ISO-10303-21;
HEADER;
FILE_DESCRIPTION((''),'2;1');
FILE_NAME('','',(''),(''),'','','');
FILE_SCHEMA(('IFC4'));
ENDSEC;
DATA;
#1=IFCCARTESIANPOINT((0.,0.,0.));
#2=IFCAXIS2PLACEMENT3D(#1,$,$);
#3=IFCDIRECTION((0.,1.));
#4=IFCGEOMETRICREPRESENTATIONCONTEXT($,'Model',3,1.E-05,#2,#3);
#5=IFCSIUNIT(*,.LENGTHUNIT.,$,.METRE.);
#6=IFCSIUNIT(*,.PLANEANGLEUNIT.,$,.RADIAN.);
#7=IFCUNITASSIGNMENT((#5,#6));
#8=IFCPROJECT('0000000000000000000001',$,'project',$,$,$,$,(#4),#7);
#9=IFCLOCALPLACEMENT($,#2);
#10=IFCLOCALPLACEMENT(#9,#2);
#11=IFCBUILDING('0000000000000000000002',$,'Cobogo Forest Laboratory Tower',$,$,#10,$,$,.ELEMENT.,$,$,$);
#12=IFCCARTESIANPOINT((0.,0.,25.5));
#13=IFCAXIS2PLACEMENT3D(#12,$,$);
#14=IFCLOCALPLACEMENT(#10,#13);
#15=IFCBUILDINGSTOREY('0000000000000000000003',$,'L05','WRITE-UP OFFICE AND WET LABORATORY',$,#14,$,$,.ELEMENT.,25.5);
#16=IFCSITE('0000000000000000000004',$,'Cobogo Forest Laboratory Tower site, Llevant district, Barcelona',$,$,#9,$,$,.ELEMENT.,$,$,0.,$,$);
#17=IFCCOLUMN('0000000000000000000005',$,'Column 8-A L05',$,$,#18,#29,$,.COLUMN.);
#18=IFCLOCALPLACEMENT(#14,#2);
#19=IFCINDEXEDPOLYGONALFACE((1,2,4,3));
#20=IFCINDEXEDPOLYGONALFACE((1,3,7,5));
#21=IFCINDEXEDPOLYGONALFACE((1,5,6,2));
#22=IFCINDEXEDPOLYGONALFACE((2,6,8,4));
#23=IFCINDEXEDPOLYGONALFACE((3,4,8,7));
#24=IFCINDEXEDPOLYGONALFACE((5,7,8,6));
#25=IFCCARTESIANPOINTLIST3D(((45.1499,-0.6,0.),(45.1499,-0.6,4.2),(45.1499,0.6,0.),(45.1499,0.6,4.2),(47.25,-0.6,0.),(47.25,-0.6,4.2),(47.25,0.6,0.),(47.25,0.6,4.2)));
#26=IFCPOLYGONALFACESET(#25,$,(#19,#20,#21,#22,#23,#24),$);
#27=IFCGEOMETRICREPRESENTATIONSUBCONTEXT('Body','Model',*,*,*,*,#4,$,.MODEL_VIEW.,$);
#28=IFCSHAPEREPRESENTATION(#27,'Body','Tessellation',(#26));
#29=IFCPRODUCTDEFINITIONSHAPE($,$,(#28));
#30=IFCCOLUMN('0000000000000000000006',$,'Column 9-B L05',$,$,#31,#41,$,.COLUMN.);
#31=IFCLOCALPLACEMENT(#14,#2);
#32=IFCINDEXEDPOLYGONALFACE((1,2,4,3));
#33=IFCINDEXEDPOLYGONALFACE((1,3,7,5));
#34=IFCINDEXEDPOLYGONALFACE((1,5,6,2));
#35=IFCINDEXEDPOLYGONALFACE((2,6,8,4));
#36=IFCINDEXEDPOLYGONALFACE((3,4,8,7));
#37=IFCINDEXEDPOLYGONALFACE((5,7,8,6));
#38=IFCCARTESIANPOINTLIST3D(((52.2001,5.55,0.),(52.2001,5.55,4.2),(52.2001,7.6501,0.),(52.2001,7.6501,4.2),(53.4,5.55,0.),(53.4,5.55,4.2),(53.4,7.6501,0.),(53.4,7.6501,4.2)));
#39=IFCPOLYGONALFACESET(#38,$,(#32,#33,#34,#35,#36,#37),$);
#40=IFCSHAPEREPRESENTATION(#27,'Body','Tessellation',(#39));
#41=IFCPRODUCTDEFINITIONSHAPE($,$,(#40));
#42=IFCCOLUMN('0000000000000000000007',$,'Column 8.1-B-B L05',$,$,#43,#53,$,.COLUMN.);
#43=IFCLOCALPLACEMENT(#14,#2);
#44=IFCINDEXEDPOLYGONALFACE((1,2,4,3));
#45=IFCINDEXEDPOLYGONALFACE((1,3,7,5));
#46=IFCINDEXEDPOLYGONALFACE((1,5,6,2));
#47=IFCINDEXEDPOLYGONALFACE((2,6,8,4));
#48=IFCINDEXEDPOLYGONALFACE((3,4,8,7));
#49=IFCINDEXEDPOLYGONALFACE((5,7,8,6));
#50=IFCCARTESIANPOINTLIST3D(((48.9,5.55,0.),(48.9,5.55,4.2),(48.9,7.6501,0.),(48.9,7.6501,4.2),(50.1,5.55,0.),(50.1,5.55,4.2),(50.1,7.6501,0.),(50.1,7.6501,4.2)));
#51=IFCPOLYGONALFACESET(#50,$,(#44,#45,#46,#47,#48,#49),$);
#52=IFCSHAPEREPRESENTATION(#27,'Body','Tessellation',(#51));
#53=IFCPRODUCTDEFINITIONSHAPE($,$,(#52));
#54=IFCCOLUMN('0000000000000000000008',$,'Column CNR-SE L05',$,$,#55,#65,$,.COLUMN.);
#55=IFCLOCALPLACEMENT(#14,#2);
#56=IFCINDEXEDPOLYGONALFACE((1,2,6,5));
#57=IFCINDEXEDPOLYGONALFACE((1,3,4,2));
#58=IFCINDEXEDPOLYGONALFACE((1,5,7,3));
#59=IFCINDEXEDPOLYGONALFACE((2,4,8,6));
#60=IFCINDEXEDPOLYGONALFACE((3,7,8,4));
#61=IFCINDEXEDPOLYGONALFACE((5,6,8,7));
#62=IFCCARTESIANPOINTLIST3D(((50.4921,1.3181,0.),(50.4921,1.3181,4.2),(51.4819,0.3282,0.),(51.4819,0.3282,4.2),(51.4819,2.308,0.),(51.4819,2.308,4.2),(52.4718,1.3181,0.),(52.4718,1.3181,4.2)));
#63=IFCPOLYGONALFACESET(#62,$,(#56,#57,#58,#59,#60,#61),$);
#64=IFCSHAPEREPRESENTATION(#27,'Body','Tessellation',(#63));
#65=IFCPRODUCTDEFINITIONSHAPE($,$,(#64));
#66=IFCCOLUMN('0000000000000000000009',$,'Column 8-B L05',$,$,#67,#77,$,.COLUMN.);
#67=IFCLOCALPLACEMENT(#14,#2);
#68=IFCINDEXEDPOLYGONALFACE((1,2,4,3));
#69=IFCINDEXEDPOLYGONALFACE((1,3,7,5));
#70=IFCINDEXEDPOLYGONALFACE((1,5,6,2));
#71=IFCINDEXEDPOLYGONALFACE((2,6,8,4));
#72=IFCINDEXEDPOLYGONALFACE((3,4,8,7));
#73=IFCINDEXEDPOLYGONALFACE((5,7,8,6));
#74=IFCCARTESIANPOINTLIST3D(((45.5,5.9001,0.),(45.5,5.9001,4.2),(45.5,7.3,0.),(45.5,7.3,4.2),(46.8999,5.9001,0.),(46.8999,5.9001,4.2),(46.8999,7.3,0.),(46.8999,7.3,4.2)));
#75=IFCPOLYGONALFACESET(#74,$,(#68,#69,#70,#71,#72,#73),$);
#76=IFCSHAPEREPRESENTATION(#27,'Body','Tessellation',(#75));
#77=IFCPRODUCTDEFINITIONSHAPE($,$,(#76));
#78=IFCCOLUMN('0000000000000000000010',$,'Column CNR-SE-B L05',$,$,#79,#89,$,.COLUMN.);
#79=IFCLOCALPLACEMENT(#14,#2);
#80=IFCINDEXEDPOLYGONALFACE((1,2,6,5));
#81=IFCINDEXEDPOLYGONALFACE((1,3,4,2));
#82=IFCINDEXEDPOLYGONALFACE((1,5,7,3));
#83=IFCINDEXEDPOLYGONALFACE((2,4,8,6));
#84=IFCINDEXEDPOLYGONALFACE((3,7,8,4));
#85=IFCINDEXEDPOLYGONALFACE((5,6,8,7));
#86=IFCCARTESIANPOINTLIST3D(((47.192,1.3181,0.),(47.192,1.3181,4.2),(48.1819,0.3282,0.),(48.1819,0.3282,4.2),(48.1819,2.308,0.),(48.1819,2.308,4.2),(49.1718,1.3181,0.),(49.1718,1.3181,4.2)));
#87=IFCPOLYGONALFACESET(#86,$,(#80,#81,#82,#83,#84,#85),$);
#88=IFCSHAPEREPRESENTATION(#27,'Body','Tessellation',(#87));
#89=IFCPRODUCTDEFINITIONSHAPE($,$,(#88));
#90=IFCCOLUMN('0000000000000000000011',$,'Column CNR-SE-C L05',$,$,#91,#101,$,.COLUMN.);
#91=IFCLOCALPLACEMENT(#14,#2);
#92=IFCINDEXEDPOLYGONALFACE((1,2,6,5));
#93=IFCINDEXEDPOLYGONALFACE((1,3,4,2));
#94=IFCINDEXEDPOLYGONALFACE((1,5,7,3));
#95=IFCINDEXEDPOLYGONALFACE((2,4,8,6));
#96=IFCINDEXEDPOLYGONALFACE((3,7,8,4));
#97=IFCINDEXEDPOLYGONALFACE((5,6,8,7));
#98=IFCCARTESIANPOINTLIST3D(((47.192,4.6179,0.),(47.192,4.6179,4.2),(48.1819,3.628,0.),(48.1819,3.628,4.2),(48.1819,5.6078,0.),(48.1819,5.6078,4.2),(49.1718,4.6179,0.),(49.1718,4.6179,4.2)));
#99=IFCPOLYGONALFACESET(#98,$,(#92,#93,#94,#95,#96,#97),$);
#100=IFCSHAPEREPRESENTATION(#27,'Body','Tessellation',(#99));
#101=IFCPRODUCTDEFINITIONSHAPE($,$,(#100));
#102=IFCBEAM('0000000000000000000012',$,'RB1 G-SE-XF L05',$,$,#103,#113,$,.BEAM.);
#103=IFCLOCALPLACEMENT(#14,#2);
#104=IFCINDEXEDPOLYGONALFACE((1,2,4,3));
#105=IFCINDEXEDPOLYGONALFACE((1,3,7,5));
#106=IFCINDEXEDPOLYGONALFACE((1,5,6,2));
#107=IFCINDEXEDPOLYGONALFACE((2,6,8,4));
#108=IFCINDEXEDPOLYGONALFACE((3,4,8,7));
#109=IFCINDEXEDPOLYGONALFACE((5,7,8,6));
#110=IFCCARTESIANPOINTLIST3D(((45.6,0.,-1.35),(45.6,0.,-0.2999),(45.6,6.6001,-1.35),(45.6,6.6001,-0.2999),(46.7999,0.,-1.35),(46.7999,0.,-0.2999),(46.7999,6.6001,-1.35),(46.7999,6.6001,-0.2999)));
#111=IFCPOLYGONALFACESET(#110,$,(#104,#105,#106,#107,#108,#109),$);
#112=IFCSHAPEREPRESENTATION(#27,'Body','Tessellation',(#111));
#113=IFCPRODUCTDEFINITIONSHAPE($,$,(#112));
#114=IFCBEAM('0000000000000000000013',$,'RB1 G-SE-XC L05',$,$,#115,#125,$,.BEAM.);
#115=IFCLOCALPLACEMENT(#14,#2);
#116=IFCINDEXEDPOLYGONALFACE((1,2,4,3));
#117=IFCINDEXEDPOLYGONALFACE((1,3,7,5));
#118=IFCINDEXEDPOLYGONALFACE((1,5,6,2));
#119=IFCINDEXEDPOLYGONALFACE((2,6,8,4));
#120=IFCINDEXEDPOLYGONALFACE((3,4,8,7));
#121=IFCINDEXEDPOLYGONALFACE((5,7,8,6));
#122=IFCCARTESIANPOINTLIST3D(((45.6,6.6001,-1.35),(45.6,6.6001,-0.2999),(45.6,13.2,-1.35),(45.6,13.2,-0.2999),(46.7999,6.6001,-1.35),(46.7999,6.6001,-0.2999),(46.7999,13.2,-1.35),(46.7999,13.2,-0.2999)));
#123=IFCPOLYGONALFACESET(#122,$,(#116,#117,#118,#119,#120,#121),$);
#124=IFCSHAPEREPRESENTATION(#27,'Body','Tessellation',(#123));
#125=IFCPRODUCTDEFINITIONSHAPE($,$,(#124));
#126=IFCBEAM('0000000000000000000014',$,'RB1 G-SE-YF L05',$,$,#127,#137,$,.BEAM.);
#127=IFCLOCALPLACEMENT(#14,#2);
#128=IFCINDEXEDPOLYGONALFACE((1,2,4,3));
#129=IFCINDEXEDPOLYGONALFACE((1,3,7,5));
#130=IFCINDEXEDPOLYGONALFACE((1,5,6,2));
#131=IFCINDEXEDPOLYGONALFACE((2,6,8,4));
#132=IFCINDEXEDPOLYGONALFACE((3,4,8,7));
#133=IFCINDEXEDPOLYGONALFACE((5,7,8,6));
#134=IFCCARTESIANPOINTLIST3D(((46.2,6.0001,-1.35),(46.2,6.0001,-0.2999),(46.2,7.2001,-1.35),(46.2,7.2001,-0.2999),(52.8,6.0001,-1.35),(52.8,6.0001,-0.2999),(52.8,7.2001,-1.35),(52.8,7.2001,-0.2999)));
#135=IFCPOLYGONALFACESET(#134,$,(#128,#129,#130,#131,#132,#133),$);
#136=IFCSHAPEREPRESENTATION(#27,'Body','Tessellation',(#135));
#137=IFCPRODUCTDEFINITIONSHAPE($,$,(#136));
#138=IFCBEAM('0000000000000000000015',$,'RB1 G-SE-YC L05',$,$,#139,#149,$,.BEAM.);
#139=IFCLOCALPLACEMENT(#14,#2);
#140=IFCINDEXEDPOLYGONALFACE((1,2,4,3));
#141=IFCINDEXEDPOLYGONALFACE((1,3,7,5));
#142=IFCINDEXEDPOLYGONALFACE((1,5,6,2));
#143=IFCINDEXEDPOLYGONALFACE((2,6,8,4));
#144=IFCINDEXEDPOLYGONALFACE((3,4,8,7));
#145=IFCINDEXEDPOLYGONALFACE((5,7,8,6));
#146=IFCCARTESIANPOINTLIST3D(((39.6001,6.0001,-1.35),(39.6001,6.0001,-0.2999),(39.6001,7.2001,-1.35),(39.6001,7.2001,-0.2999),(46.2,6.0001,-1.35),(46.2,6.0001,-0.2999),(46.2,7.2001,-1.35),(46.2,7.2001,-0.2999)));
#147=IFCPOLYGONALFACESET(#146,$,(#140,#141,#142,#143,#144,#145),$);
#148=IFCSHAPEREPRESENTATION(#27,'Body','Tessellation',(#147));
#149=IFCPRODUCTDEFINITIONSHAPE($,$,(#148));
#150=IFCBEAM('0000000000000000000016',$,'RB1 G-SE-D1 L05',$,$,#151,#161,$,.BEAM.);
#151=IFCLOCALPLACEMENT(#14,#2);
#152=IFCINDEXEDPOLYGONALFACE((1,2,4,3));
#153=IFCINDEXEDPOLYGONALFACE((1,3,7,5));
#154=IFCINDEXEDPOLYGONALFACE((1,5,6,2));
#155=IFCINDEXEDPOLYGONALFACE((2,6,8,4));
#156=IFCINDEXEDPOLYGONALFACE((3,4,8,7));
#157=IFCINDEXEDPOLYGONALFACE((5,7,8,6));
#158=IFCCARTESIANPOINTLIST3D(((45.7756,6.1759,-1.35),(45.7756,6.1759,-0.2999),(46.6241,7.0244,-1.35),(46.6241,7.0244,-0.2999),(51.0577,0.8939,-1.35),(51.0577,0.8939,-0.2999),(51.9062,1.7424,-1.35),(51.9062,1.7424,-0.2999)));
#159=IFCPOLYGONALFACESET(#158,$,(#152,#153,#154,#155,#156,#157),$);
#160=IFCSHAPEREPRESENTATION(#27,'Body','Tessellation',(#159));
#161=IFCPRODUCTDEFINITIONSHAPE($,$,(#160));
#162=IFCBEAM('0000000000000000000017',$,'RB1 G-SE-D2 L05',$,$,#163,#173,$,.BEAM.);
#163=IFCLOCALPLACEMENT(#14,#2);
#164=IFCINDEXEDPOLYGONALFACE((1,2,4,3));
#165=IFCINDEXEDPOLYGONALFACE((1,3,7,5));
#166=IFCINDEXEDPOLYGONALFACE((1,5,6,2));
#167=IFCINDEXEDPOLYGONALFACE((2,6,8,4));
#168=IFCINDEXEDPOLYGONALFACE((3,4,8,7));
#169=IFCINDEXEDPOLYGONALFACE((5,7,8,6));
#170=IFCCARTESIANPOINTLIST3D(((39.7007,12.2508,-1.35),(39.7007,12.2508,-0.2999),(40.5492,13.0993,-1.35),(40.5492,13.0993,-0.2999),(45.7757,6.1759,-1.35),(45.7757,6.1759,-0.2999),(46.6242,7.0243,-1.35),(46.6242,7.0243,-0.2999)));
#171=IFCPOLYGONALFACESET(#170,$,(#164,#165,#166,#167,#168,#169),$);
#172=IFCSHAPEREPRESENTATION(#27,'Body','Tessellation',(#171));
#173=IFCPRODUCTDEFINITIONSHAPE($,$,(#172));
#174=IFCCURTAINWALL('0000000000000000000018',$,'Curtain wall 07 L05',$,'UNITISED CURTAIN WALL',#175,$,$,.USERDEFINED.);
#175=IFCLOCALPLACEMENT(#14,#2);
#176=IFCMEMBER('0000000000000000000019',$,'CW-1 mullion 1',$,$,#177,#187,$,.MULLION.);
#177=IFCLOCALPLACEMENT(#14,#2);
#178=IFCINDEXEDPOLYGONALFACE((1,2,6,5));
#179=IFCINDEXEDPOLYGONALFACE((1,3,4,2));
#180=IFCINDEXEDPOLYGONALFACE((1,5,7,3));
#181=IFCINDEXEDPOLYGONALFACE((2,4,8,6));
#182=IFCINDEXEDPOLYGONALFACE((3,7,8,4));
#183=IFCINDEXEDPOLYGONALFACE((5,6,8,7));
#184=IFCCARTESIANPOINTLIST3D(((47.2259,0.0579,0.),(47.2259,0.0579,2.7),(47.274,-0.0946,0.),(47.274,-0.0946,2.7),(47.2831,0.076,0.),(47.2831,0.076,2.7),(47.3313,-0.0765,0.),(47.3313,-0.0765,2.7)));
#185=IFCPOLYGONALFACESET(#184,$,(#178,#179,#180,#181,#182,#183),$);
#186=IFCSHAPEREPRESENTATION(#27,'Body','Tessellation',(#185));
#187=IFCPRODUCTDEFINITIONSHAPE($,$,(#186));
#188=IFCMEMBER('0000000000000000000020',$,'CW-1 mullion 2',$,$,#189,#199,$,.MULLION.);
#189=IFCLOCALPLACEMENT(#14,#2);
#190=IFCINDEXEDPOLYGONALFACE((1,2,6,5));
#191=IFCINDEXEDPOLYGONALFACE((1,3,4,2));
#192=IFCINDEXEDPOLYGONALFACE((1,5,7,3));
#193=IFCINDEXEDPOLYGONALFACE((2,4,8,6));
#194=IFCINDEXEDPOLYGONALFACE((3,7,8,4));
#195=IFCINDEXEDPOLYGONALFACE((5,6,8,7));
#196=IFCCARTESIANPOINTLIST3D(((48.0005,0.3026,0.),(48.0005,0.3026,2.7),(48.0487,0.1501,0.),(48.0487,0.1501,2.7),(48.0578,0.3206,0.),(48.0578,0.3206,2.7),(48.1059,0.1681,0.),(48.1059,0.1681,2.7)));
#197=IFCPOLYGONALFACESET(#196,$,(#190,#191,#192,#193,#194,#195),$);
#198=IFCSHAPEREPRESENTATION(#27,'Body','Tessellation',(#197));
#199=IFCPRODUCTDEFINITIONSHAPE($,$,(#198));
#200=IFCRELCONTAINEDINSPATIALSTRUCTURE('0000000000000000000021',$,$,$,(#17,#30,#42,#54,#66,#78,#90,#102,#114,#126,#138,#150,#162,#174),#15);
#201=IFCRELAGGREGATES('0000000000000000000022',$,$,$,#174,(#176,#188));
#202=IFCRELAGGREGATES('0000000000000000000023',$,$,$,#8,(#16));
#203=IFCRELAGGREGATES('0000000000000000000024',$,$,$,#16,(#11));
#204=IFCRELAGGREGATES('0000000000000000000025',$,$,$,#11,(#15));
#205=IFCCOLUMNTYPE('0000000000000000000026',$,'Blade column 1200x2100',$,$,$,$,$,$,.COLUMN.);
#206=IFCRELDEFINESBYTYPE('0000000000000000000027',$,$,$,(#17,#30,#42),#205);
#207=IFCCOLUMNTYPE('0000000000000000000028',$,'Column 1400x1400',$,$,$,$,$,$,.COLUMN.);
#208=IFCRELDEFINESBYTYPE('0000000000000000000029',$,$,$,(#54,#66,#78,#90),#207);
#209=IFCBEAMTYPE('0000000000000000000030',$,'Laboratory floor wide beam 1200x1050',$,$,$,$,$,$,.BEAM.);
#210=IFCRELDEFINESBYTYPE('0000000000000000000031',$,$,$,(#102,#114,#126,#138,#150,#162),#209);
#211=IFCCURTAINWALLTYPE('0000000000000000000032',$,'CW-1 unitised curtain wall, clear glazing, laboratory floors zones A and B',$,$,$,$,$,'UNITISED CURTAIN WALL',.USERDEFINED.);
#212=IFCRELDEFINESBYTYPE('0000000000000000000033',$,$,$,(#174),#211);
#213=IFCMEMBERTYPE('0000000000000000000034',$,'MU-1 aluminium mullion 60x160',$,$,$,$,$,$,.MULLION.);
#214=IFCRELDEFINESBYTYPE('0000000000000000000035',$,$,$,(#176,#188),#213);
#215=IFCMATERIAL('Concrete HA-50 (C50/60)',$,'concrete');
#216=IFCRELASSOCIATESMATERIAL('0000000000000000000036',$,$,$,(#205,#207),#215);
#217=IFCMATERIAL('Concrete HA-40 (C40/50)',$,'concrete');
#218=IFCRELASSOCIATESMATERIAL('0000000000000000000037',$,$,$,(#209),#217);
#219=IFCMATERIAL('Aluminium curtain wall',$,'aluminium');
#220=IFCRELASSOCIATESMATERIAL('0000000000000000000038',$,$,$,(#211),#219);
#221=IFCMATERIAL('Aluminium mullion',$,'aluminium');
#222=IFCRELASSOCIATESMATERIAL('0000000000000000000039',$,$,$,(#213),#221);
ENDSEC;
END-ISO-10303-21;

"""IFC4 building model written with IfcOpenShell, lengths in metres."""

from ifc_helpers import new_model, si_unit, direction, frame, origin, origin_2d, place, context, subcontext, project, spatial, rectangle, extrude, material, material_profile, profile_set, type_object, element, aggregate, save


model = new_model("IFC4")

# Units and contexts
model_context = context("Model", 3, precision=1e-05, world=origin(), true_north=direction((0.0, 1.0)))
body_context = subcontext(model_context, "Body", "Model", "MODEL_VIEW")
ifc_project = project(units=[si_unit("LENGTHUNIT", "METRE"), si_unit("PLANEANGLEUNIT", "RADIAN")], contexts=[model_context])

# Site, building, storey
site_placement = place(None, origin())
site = spatial("IfcSite", under=ifc_project, at=site_placement, Name="Cobogo Forest Laboratory Tower site, Llevant district, Barcelona", CompositionType="ELEMENT", RefElevation=0.0)
building_placement = place(site_placement, origin())
building = spatial("IfcBuilding", under=site, at=building_placement, Name="Cobogo Forest Laboratory Tower", CompositionType="ELEMENT")
storey_placement = place(building_placement, frame((0.0, 0.0, 25.5)))
storey = spatial("IfcBuildingStorey", under=building, at=storey_placement, Name="L05", Description="WRITE-UP OFFICE AND WET LABORATORY", CompositionType="ELEMENT", Elevation=25.5)

# Columns
ifc_material_1 = material(Name="Concrete HA-50 (C50/60)", Category="concrete")
ifc_material_profile_1 = material_profile(ifc_material_1, rectangle(XDim=2.1001, YDim=1.2, at=origin_2d()), Name="RC 1200x2100")
ifc_profile_set_1 = profile_set([ifc_material_profile_1], Name="Concrete HA-50 (C50/60)")
column_type_1 = type_object("IfcColumnType", Name="Blade column 1200x2100", PredefinedType="COLUMN", material=ifc_profile_set_1)
for number, where, z_axis, x_axis, name in (
    (1, (46.2, 0.0, 0.0), (0.0, 0.0, 1.0), (1.0, 0.0, 0.0), "Column 8-A L05"),
    (2, (52.8, 6.6001, 0.0), (0.0, 0.0, 1.0), (0.0, 1.0, 0.0), "Column 9-B L05"),
    (3, (49.5, 6.6001, 0.0), (0.0, 0.0, 1.0), (0.0, 1.0, 0.0), "Column 8.1-B-B L05"),
):
    element("IfcColumn", number, at=place(storey_placement, frame(where, z_axis=z_axis, x_axis=x_axis)), inside=storey, type_object=column_type_1, Name=name, PredefinedType="COLUMN", context=body_context, shape_type="SweptSolid", body=[
        extrude(rectangle(XDim=2.1001, YDim=1.2, at=origin_2d()), origin(), (0.0, 0.0, 1.0), 4.2),
    ])
ifc_material_profile_2 = material_profile(ifc_material_1, rectangle(XDim=1.3999, YDim=1.3999, at=origin_2d()), Name="RC 1400x1400")
ifc_profile_set_2 = profile_set([ifc_material_profile_2], Name="Concrete HA-50 (C50/60)")
column_type_2 = type_object("IfcColumnType", Name="Column 1400x1400", PredefinedType="COLUMN", material=ifc_profile_set_2)
for number, where, z_axis, x_axis, name in (
    (4, (51.4819, 1.3181, 0.0), (0.0, 0.0, 1.0), (0.707107, 0.707107, 0.0), "Column CNR-SE L05"),
    (5, (46.2, 6.6001, 0.0), (0.0, 0.0, 1.0), (1.0, 0.0, 0.0), "Column 8-B L05"),
    (6, (48.1819, 1.3181, 0.0), (0.0, 0.0, 1.0), (0.707107, 0.707107, 0.0), "Column CNR-SE-B L05"),
    (7, (48.1819, 4.6179, 0.0), (0.0, 0.0, 1.0), (0.707107, 0.707107, 0.0), "Column CNR-SE-C L05"),
):
    element("IfcColumn", number, at=place(storey_placement, frame(where, z_axis=z_axis, x_axis=x_axis)), inside=storey, type_object=column_type_2, Name=name, PredefinedType="COLUMN", context=body_context, shape_type="SweptSolid", body=[
        extrude(rectangle(XDim=1.3999, YDim=1.3999, at=origin_2d()), origin(), (0.0, 0.0, 1.0), 4.2),
    ])

# Beams
ifc_material_2 = material(Name="Concrete HA-40 (C40/50)", Category="concrete")
ifc_material_profile_3 = material_profile(ifc_material_2, rectangle(XDim=1.2, YDim=1.05, at=origin_2d()), Name="RC 1200x1050")
ifc_profile_set_3 = profile_set([ifc_material_profile_3], Name="Concrete HA-40 (C40/50)")
beam_type_1 = type_object("IfcBeamType", Name="Laboratory floor wide beam 1200x1050", PredefinedType="BEAM", material=ifc_profile_set_3)
beam_1_placement = place(storey_placement, frame((46.2, 0.0, -0.825), z_axis=(0.0, 1.0, 0.0), x_axis=(-1.0, 0.0, 0.0)))
element("IfcBeam", 8, at=beam_1_placement, inside=storey, type_object=beam_type_1, Name="RB1 G-SE-XF L05", PredefinedType="BEAM", context=body_context, shape_type="SweptSolid", body=[
    extrude(rectangle(XDim=1.2, YDim=1.05, at=origin_2d()), origin(), (0.0, 0.0, 1.0), 6.6001),
])
beam_2_placement = place(storey_placement, frame((46.2, 6.6001, -0.825), z_axis=(0.0, 1.0, 0.0), x_axis=(-1.0, 0.0, 0.0)))
element("IfcBeam", 9, at=beam_2_placement, inside=storey, type_object=beam_type_1, Name="RB1 G-SE-XC L05", PredefinedType="BEAM", context=body_context, shape_type="SweptSolid", body=[
    extrude(rectangle(XDim=1.2, YDim=1.05, at=origin_2d()), origin(), (0.0, 0.0, 1.0), 6.5999),
])
beam_3_placement = place(storey_placement, frame((52.8, 6.6001, -0.825), z_axis=(-1.0, 0.0, 0.0), x_axis=(0.0, -1.0, 0.0)))
element("IfcBeam", 10, at=beam_3_placement, inside=storey, type_object=beam_type_1, Name="RB1 G-SE-YF L05", PredefinedType="BEAM", context=body_context, shape_type="SweptSolid", body=[
    extrude(rectangle(XDim=1.2, YDim=1.05, at=origin_2d()), origin(), (0.0, 0.0, 1.0), 6.6001),
])
beam_4_placement = place(storey_placement, frame((46.2, 6.6001, -0.825), z_axis=(-1.0, 0.0, 0.0), x_axis=(0.0, -1.0, 0.0)))
element("IfcBeam", 11, at=beam_4_placement, inside=storey, type_object=beam_type_1, Name="RB1 G-SE-YC L05", PredefinedType="BEAM", context=body_context, shape_type="SweptSolid", body=[
    extrude(rectangle(XDim=1.2, YDim=1.05, at=origin_2d()), origin(), (0.0, 0.0, 1.0), 6.5999),
])
beam_5_placement = place(storey_placement, frame((51.4819, 1.3181, -0.825), z_axis=(-0.707107, 0.707107, 0.0), x_axis=(-0.707107, -0.707107, 0.0)))
element("IfcBeam", 12, at=beam_5_placement, inside=storey, type_object=beam_type_1, Name="RB1 G-SE-D1 L05", PredefinedType="BEAM", context=body_context, shape_type="SweptSolid", body=[
    extrude(rectangle(XDim=1.2, YDim=1.05, at=origin_2d()), origin(), (0.0, 0.0, 1.0), 7.47),
])
beam_6_placement = place(storey_placement, frame((46.2, 6.6001, -0.825), z_axis=(-0.707107, 0.707107, 0.0), x_axis=(-0.707107, -0.707107, 0.0)))
element("IfcBeam", 13, at=beam_6_placement, inside=storey, type_object=beam_type_1, Name="RB1 G-SE-D2 L05", PredefinedType="BEAM", context=body_context, shape_type="SweptSolid", body=[
    extrude(rectangle(XDim=1.2, YDim=1.05, at=origin_2d()), origin(), (0.0, 0.0, 1.0), 8.5913),
])

# Curtain wall, members
ifc_material_3 = material(Name="Aluminium curtain wall", Category="aluminium")
curtain_wall_type = type_object("IfcCurtainWallType", Name="CW-1 unitised curtain wall, clear glazing, laboratory floors zones A and B", ElementType="UNITISED CURTAIN WALL", PredefinedType="USERDEFINED", material=ifc_material_3)
curtain_wall_1_placement = place(storey_placement, origin())
curtain_wall_1 = element("IfcCurtainWall", 14, at=curtain_wall_1_placement, inside=storey, type_object=curtain_wall_type, Name="Curtain wall 07 L05", ObjectType="UNITISED CURTAIN WALL", PredefinedType="USERDEFINED")
ifc_material_4 = material(Name="Aluminium mullion", Category="aluminium")
ifc_material_profile_4 = material_profile(ifc_material_4, rectangle(XDim=0.0601, YDim=0.1599, at=origin_2d()), Name="AL 60x160")
ifc_profile_set_4 = profile_set([ifc_material_profile_4], Name="Aluminium mullion")
member_type_1 = type_object("IfcMemberType", Name="MU-1 aluminium mullion 60x160", PredefinedType="MULLION", material=ifc_profile_set_4)
member_1_placement = place(storey_placement, frame((47.2786, -0.0093, 0.0), z_axis=(0.0, 0.0, 1.0), x_axis=(0.953582, 0.301135, 0.0)))
member_1 = element("IfcMember", 15, at=member_1_placement, type_object=member_type_1, Name="CW-1 mullion 1", PredefinedType="MULLION", context=body_context, shape_type="SweptSolid", body=[
    extrude(rectangle(XDim=0.0601, YDim=0.1599, at=origin_2d()), origin(), (0.0, 0.0, 1.0), 2.7),
])
member_2_placement = place(storey_placement, frame((48.0532, 0.2354, 0.0), z_axis=(0.0, 0.0, 1.0), x_axis=(0.953582, 0.301135, 0.0)))
member_2 = element("IfcMember", 16, at=member_2_placement, type_object=member_type_1, Name="CW-1 mullion 2", PredefinedType="MULLION", context=body_context, shape_type="SweptSolid", body=[
    extrude(rectangle(XDim=0.0601, YDim=0.1599, at=origin_2d()), origin(), (0.0, 0.0, 1.0), 2.7),
])

aggregate(curtain_wall_1, [member_1, member_2])

save(model, "model.ifc")
